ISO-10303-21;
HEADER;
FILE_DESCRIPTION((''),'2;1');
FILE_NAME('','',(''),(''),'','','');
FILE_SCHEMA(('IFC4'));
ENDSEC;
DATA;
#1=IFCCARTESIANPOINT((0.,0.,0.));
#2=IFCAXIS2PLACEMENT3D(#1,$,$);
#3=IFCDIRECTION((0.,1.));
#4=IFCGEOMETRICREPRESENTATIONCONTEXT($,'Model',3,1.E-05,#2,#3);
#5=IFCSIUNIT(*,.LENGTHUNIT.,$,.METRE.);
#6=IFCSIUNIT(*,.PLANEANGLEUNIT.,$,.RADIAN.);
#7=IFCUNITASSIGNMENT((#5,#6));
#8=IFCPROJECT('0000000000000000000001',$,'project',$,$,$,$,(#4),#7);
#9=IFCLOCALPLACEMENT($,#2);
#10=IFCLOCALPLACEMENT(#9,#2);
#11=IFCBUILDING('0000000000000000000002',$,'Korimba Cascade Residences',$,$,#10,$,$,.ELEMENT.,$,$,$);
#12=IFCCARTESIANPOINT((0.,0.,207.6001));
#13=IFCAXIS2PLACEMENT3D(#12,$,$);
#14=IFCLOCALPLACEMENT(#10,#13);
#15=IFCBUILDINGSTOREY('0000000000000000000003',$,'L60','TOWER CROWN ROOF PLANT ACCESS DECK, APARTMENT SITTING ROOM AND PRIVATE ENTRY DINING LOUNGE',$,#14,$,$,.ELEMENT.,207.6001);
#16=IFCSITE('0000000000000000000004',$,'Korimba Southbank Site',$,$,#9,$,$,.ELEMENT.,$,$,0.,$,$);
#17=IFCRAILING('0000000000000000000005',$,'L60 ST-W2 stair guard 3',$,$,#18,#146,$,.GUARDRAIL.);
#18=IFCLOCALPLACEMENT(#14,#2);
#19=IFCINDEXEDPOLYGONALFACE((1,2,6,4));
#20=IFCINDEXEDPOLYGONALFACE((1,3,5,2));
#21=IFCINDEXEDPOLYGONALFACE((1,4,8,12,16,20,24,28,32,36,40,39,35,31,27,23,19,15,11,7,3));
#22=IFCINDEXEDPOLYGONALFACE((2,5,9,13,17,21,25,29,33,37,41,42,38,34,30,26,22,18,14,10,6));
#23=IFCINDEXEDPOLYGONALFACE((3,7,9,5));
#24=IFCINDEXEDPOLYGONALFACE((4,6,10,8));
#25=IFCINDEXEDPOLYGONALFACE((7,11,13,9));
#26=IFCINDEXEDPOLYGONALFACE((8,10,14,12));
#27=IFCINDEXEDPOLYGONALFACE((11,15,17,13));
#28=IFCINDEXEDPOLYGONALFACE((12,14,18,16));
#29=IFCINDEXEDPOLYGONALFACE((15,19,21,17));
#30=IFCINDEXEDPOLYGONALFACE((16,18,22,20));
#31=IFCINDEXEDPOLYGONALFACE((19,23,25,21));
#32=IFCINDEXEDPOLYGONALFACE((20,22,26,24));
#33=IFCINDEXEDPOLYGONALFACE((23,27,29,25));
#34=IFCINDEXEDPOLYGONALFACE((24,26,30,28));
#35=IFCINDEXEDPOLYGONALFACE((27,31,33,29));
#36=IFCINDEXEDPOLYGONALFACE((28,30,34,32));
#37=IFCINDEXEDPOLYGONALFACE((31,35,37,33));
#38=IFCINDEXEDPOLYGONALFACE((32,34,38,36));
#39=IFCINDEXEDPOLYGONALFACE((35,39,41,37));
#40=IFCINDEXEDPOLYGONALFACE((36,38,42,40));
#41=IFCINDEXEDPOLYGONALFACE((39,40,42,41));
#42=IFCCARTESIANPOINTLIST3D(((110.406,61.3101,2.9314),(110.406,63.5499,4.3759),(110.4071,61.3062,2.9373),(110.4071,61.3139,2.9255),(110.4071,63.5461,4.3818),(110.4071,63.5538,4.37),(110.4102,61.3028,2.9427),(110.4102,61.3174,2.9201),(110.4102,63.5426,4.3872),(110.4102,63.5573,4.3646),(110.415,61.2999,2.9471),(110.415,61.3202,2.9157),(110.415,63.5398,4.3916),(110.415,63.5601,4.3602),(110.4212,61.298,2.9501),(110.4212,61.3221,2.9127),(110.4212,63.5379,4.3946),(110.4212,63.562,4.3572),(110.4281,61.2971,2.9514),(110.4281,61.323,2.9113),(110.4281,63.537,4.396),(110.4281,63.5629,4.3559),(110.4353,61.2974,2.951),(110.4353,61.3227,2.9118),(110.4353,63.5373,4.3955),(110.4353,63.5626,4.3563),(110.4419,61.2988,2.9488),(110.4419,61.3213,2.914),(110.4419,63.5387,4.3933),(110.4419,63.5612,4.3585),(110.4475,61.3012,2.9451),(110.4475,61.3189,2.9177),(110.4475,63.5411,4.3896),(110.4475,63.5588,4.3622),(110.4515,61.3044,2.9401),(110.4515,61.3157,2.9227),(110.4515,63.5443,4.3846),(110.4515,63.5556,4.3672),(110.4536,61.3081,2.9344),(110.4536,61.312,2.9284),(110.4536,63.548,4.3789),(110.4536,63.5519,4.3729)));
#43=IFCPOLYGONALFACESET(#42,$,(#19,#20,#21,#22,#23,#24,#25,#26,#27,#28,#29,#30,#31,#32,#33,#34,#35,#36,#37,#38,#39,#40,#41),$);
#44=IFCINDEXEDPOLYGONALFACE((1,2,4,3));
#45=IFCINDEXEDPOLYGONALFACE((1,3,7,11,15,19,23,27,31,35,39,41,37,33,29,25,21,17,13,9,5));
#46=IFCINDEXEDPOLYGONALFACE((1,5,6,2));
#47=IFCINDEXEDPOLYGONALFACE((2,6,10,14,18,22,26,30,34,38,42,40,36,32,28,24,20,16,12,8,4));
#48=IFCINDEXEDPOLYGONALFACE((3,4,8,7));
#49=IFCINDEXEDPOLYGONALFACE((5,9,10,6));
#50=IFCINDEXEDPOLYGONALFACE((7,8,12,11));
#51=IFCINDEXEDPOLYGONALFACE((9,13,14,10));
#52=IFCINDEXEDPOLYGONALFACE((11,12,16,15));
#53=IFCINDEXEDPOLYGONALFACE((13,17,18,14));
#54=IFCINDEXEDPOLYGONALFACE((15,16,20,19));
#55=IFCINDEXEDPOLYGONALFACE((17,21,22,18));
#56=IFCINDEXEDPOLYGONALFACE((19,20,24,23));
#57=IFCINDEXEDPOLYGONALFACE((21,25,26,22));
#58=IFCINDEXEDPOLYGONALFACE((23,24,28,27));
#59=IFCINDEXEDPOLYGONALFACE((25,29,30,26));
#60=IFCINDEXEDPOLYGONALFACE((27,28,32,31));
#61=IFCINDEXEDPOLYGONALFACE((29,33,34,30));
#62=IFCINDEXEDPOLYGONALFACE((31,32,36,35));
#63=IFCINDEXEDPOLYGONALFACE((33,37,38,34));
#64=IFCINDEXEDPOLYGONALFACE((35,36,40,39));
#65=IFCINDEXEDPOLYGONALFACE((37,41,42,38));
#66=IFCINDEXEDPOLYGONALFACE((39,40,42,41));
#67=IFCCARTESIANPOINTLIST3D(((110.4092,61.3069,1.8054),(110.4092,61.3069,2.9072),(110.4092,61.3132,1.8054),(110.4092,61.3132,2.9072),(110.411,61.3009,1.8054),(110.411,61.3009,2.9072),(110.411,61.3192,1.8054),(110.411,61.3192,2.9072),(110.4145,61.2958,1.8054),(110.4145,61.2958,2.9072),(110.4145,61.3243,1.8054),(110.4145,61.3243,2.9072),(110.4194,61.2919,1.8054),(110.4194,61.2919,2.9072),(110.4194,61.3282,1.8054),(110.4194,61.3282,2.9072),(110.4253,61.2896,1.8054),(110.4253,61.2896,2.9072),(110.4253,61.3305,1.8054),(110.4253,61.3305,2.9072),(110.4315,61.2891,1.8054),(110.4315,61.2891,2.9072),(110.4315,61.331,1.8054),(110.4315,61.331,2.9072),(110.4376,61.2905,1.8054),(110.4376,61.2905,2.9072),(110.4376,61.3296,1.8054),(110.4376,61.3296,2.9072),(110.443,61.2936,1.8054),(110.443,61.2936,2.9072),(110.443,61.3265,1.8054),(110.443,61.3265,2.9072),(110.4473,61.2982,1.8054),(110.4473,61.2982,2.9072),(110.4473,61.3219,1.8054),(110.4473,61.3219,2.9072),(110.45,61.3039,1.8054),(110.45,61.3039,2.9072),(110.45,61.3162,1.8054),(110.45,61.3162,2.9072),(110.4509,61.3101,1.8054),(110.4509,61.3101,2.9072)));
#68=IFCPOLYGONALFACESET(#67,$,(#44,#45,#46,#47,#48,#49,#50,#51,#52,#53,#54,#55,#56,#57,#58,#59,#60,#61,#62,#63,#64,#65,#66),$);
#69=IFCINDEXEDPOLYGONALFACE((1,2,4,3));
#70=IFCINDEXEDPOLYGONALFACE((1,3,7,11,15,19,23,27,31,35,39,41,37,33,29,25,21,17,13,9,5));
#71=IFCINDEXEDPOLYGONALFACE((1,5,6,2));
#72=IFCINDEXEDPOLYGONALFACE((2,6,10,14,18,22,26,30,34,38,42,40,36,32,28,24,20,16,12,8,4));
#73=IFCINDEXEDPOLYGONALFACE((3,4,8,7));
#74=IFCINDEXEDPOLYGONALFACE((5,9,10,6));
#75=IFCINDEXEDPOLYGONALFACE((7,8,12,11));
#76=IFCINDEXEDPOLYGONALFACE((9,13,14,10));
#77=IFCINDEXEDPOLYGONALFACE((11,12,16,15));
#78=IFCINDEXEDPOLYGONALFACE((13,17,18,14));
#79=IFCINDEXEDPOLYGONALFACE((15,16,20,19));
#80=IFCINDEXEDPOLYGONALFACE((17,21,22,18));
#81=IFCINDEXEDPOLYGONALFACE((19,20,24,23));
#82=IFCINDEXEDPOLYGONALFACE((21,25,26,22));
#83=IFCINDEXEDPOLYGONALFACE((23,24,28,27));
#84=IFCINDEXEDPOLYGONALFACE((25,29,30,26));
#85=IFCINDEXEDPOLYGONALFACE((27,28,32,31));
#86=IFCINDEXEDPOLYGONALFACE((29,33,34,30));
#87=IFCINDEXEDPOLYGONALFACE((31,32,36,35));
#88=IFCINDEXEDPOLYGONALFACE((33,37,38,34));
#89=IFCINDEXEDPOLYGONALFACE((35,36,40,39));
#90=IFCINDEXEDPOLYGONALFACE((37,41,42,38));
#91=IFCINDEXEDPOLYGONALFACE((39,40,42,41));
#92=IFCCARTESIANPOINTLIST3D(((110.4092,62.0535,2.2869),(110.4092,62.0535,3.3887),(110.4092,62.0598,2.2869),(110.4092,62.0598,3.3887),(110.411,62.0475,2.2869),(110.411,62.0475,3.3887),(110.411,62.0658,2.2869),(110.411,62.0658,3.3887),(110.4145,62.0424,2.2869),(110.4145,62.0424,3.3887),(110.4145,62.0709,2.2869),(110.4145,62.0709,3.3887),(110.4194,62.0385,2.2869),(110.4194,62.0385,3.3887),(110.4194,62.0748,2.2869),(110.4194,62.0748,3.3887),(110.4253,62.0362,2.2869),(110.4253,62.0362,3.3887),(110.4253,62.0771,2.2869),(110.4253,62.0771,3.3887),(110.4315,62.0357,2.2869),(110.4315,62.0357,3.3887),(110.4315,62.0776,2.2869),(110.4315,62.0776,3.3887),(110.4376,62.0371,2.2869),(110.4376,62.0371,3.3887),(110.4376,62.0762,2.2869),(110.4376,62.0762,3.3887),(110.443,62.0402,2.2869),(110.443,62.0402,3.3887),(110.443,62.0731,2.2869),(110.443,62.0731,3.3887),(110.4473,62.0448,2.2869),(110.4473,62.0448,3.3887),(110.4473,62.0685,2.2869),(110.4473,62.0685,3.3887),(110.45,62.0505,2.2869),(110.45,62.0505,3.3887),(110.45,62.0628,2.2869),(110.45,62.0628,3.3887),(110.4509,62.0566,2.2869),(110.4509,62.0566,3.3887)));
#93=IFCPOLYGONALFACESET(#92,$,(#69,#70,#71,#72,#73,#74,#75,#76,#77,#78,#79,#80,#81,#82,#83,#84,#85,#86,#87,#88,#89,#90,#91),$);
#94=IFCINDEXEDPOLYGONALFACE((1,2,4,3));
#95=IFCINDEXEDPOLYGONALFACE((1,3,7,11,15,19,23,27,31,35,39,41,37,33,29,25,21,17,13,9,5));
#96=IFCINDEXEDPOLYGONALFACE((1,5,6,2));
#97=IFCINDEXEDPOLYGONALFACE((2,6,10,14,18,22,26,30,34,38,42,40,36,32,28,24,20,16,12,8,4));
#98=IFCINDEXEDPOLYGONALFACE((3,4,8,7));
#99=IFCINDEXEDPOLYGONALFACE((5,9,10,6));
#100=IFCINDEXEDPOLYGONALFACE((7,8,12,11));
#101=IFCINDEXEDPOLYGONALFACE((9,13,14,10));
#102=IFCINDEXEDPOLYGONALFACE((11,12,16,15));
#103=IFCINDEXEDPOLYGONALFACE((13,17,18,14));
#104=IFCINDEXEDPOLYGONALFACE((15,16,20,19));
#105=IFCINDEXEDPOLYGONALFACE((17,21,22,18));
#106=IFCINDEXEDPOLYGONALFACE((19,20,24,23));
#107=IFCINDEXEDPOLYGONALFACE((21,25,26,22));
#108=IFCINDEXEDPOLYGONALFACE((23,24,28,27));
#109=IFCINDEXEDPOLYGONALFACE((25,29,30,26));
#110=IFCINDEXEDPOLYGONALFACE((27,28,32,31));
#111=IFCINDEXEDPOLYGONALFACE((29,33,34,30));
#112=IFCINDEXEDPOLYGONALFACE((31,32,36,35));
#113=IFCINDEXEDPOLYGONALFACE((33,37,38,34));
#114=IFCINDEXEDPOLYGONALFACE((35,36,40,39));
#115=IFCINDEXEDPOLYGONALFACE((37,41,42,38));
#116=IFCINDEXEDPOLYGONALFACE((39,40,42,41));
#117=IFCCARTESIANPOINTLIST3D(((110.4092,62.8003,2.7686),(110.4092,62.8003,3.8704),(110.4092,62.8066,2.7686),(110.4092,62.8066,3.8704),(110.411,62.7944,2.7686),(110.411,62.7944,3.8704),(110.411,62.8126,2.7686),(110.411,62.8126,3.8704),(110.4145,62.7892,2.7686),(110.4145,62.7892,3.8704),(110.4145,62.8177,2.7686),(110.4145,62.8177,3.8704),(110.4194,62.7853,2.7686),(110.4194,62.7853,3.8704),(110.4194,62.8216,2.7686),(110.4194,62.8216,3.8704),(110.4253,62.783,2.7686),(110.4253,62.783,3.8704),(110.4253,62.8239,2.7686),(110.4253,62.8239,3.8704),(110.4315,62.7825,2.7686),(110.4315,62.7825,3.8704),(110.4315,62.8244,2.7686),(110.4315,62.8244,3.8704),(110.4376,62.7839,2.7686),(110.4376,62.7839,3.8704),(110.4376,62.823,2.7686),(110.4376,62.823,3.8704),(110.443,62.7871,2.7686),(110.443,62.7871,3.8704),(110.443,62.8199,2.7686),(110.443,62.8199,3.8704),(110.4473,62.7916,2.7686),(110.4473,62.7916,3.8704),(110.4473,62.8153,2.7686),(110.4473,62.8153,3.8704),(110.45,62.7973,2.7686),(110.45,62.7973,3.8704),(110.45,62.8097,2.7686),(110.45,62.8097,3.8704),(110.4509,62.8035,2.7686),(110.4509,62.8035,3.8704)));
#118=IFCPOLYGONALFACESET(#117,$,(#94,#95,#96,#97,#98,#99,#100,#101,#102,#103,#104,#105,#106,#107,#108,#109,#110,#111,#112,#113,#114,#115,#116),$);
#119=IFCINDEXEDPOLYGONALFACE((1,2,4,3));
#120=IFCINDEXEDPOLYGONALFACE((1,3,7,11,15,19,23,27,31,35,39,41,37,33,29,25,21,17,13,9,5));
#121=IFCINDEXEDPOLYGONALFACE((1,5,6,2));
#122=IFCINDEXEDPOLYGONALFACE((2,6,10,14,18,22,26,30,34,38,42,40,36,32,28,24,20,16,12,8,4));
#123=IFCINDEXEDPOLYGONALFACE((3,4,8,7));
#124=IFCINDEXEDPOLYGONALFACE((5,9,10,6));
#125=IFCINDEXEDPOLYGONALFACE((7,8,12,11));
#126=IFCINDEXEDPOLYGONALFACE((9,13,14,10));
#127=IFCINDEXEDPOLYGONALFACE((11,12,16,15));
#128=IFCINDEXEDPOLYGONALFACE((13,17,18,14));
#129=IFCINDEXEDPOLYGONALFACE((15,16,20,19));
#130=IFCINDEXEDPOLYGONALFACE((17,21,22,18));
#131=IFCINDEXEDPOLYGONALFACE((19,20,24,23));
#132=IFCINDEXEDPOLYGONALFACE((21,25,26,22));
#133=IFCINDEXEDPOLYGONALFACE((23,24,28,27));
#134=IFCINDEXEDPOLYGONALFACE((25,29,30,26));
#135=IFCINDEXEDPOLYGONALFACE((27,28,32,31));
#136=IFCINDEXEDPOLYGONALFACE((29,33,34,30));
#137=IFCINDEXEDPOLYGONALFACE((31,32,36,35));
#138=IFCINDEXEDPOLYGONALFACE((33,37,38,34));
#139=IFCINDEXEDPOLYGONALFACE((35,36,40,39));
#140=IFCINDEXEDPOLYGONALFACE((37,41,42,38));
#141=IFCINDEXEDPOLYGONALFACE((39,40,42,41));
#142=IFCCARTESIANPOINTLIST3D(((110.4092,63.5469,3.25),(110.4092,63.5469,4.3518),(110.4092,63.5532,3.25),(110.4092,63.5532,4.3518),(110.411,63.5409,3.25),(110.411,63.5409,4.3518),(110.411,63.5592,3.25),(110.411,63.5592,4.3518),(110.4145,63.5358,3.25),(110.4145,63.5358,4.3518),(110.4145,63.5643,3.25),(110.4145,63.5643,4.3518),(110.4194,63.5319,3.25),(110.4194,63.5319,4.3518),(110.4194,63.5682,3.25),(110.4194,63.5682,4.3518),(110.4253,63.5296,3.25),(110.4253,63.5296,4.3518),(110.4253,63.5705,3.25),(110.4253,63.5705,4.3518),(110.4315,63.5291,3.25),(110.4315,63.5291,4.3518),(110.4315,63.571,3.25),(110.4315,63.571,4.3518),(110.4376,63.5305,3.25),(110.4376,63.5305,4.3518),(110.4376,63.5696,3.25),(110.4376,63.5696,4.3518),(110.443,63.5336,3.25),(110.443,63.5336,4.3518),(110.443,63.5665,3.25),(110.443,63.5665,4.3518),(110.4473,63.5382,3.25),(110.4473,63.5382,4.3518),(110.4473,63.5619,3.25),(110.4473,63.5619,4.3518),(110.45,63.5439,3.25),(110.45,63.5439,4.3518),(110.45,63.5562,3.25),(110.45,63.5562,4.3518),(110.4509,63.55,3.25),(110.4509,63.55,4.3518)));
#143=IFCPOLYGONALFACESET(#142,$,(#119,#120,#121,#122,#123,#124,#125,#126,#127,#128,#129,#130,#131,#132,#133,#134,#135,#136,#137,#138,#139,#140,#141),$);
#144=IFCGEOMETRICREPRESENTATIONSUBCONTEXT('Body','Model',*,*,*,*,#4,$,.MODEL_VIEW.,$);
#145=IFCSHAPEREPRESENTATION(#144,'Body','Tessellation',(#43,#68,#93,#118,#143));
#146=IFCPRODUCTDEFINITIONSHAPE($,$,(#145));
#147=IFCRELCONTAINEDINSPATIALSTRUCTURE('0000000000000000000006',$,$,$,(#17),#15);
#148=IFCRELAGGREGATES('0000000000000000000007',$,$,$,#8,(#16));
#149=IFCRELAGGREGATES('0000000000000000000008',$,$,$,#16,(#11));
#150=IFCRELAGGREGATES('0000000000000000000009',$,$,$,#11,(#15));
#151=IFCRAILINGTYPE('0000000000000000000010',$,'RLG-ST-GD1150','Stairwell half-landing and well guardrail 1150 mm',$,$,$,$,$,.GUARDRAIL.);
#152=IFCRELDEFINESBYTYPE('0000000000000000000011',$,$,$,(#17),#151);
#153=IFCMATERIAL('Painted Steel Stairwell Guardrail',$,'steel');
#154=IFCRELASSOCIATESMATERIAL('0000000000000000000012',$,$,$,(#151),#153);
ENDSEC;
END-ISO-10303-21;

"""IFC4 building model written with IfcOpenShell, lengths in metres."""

from ifc_helpers import new_model, si_unit, direction, frame, origin, origin_2d, place, context, subcontext, project, spatial, circle, extrude, material, type_object, element, save


model = new_model("IFC4")

# Units and contexts
model_context = context("Model", 3, precision=1e-05, world=origin(), true_north=direction((0.0, 1.0)))
body_context = subcontext(model_context, "Body", "Model", "MODEL_VIEW")
ifc_project = project(units=[si_unit("LENGTHUNIT", "METRE"), si_unit("PLANEANGLEUNIT", "RADIAN")], contexts=[model_context])

# Site, building, storey
site_placement = place(None, origin())
site = spatial("IfcSite", under=ifc_project, at=site_placement, Name="Korimba Southbank Site", CompositionType="ELEMENT", RefElevation=0.0)
building_placement = place(site_placement, origin())
building = spatial("IfcBuilding", under=site, at=building_placement, Name="Korimba Cascade Residences", CompositionType="ELEMENT")
storey_placement = place(building_placement, frame((0.0, 0.0, 207.6001)))
storey = spatial("IfcBuildingStorey", under=building, at=storey_placement, Name="L60", Description="TOWER CROWN ROOF PLANT ACCESS DECK, APARTMENT SITTING ROOM AND PRIVATE ENTRY DINING LOUNGE", CompositionType="ELEMENT", Elevation=207.6001)

# Railing
ifc_material_1 = material(Name="Painted Steel Stairwell Guardrail", Category="steel")
railing_type_1 = type_object("IfcRailingType", Name="RLG-ST-GD1150", Description="Stairwell half-landing and well guardrail 1150 mm", PredefinedType="GUARDRAIL", material=ifc_material_1)
railing_1_placement = place(storey_placement, frame((110.4299, 61.3101, 1.8054)))
element("IfcRailing", 1, at=railing_1_placement, inside=storey, type_object=railing_type_1, Name="L60 ST-W2 stair guard 3", PredefinedType="GUARDRAIL", context=body_context, shape_type="SweptSolid", body=[
    extrude(circle(Radius=0.0239, at=origin_2d()), frame((0.0, 0.0, 1.126), z_axis=(0.0, 0.840395, 0.541975), x_axis=(-1.0, 0.0, 0.0)), (0.0, 0.0, 1.0), 2.6653),
    extrude(circle(Radius=0.021, at=origin_2d()), origin(), (0.0, 0.0, 1.0), 1.1018),
    extrude(circle(Radius=0.021, at=origin_2d()), frame((0.0, 0.7466, 0.4814)), (0.0, 0.0, 1.0), 1.1018),
    extrude(circle(Radius=0.021, at=origin_2d()), frame((0.0, 1.4934, 0.9631)), (0.0, 0.0, 1.0), 1.1018),
    extrude(circle(Radius=0.021, at=origin_2d()), frame((0.0, 2.24, 1.4446)), (0.0, 0.0, 1.0), 1.1018),
])

save(model, "model.ifc")
